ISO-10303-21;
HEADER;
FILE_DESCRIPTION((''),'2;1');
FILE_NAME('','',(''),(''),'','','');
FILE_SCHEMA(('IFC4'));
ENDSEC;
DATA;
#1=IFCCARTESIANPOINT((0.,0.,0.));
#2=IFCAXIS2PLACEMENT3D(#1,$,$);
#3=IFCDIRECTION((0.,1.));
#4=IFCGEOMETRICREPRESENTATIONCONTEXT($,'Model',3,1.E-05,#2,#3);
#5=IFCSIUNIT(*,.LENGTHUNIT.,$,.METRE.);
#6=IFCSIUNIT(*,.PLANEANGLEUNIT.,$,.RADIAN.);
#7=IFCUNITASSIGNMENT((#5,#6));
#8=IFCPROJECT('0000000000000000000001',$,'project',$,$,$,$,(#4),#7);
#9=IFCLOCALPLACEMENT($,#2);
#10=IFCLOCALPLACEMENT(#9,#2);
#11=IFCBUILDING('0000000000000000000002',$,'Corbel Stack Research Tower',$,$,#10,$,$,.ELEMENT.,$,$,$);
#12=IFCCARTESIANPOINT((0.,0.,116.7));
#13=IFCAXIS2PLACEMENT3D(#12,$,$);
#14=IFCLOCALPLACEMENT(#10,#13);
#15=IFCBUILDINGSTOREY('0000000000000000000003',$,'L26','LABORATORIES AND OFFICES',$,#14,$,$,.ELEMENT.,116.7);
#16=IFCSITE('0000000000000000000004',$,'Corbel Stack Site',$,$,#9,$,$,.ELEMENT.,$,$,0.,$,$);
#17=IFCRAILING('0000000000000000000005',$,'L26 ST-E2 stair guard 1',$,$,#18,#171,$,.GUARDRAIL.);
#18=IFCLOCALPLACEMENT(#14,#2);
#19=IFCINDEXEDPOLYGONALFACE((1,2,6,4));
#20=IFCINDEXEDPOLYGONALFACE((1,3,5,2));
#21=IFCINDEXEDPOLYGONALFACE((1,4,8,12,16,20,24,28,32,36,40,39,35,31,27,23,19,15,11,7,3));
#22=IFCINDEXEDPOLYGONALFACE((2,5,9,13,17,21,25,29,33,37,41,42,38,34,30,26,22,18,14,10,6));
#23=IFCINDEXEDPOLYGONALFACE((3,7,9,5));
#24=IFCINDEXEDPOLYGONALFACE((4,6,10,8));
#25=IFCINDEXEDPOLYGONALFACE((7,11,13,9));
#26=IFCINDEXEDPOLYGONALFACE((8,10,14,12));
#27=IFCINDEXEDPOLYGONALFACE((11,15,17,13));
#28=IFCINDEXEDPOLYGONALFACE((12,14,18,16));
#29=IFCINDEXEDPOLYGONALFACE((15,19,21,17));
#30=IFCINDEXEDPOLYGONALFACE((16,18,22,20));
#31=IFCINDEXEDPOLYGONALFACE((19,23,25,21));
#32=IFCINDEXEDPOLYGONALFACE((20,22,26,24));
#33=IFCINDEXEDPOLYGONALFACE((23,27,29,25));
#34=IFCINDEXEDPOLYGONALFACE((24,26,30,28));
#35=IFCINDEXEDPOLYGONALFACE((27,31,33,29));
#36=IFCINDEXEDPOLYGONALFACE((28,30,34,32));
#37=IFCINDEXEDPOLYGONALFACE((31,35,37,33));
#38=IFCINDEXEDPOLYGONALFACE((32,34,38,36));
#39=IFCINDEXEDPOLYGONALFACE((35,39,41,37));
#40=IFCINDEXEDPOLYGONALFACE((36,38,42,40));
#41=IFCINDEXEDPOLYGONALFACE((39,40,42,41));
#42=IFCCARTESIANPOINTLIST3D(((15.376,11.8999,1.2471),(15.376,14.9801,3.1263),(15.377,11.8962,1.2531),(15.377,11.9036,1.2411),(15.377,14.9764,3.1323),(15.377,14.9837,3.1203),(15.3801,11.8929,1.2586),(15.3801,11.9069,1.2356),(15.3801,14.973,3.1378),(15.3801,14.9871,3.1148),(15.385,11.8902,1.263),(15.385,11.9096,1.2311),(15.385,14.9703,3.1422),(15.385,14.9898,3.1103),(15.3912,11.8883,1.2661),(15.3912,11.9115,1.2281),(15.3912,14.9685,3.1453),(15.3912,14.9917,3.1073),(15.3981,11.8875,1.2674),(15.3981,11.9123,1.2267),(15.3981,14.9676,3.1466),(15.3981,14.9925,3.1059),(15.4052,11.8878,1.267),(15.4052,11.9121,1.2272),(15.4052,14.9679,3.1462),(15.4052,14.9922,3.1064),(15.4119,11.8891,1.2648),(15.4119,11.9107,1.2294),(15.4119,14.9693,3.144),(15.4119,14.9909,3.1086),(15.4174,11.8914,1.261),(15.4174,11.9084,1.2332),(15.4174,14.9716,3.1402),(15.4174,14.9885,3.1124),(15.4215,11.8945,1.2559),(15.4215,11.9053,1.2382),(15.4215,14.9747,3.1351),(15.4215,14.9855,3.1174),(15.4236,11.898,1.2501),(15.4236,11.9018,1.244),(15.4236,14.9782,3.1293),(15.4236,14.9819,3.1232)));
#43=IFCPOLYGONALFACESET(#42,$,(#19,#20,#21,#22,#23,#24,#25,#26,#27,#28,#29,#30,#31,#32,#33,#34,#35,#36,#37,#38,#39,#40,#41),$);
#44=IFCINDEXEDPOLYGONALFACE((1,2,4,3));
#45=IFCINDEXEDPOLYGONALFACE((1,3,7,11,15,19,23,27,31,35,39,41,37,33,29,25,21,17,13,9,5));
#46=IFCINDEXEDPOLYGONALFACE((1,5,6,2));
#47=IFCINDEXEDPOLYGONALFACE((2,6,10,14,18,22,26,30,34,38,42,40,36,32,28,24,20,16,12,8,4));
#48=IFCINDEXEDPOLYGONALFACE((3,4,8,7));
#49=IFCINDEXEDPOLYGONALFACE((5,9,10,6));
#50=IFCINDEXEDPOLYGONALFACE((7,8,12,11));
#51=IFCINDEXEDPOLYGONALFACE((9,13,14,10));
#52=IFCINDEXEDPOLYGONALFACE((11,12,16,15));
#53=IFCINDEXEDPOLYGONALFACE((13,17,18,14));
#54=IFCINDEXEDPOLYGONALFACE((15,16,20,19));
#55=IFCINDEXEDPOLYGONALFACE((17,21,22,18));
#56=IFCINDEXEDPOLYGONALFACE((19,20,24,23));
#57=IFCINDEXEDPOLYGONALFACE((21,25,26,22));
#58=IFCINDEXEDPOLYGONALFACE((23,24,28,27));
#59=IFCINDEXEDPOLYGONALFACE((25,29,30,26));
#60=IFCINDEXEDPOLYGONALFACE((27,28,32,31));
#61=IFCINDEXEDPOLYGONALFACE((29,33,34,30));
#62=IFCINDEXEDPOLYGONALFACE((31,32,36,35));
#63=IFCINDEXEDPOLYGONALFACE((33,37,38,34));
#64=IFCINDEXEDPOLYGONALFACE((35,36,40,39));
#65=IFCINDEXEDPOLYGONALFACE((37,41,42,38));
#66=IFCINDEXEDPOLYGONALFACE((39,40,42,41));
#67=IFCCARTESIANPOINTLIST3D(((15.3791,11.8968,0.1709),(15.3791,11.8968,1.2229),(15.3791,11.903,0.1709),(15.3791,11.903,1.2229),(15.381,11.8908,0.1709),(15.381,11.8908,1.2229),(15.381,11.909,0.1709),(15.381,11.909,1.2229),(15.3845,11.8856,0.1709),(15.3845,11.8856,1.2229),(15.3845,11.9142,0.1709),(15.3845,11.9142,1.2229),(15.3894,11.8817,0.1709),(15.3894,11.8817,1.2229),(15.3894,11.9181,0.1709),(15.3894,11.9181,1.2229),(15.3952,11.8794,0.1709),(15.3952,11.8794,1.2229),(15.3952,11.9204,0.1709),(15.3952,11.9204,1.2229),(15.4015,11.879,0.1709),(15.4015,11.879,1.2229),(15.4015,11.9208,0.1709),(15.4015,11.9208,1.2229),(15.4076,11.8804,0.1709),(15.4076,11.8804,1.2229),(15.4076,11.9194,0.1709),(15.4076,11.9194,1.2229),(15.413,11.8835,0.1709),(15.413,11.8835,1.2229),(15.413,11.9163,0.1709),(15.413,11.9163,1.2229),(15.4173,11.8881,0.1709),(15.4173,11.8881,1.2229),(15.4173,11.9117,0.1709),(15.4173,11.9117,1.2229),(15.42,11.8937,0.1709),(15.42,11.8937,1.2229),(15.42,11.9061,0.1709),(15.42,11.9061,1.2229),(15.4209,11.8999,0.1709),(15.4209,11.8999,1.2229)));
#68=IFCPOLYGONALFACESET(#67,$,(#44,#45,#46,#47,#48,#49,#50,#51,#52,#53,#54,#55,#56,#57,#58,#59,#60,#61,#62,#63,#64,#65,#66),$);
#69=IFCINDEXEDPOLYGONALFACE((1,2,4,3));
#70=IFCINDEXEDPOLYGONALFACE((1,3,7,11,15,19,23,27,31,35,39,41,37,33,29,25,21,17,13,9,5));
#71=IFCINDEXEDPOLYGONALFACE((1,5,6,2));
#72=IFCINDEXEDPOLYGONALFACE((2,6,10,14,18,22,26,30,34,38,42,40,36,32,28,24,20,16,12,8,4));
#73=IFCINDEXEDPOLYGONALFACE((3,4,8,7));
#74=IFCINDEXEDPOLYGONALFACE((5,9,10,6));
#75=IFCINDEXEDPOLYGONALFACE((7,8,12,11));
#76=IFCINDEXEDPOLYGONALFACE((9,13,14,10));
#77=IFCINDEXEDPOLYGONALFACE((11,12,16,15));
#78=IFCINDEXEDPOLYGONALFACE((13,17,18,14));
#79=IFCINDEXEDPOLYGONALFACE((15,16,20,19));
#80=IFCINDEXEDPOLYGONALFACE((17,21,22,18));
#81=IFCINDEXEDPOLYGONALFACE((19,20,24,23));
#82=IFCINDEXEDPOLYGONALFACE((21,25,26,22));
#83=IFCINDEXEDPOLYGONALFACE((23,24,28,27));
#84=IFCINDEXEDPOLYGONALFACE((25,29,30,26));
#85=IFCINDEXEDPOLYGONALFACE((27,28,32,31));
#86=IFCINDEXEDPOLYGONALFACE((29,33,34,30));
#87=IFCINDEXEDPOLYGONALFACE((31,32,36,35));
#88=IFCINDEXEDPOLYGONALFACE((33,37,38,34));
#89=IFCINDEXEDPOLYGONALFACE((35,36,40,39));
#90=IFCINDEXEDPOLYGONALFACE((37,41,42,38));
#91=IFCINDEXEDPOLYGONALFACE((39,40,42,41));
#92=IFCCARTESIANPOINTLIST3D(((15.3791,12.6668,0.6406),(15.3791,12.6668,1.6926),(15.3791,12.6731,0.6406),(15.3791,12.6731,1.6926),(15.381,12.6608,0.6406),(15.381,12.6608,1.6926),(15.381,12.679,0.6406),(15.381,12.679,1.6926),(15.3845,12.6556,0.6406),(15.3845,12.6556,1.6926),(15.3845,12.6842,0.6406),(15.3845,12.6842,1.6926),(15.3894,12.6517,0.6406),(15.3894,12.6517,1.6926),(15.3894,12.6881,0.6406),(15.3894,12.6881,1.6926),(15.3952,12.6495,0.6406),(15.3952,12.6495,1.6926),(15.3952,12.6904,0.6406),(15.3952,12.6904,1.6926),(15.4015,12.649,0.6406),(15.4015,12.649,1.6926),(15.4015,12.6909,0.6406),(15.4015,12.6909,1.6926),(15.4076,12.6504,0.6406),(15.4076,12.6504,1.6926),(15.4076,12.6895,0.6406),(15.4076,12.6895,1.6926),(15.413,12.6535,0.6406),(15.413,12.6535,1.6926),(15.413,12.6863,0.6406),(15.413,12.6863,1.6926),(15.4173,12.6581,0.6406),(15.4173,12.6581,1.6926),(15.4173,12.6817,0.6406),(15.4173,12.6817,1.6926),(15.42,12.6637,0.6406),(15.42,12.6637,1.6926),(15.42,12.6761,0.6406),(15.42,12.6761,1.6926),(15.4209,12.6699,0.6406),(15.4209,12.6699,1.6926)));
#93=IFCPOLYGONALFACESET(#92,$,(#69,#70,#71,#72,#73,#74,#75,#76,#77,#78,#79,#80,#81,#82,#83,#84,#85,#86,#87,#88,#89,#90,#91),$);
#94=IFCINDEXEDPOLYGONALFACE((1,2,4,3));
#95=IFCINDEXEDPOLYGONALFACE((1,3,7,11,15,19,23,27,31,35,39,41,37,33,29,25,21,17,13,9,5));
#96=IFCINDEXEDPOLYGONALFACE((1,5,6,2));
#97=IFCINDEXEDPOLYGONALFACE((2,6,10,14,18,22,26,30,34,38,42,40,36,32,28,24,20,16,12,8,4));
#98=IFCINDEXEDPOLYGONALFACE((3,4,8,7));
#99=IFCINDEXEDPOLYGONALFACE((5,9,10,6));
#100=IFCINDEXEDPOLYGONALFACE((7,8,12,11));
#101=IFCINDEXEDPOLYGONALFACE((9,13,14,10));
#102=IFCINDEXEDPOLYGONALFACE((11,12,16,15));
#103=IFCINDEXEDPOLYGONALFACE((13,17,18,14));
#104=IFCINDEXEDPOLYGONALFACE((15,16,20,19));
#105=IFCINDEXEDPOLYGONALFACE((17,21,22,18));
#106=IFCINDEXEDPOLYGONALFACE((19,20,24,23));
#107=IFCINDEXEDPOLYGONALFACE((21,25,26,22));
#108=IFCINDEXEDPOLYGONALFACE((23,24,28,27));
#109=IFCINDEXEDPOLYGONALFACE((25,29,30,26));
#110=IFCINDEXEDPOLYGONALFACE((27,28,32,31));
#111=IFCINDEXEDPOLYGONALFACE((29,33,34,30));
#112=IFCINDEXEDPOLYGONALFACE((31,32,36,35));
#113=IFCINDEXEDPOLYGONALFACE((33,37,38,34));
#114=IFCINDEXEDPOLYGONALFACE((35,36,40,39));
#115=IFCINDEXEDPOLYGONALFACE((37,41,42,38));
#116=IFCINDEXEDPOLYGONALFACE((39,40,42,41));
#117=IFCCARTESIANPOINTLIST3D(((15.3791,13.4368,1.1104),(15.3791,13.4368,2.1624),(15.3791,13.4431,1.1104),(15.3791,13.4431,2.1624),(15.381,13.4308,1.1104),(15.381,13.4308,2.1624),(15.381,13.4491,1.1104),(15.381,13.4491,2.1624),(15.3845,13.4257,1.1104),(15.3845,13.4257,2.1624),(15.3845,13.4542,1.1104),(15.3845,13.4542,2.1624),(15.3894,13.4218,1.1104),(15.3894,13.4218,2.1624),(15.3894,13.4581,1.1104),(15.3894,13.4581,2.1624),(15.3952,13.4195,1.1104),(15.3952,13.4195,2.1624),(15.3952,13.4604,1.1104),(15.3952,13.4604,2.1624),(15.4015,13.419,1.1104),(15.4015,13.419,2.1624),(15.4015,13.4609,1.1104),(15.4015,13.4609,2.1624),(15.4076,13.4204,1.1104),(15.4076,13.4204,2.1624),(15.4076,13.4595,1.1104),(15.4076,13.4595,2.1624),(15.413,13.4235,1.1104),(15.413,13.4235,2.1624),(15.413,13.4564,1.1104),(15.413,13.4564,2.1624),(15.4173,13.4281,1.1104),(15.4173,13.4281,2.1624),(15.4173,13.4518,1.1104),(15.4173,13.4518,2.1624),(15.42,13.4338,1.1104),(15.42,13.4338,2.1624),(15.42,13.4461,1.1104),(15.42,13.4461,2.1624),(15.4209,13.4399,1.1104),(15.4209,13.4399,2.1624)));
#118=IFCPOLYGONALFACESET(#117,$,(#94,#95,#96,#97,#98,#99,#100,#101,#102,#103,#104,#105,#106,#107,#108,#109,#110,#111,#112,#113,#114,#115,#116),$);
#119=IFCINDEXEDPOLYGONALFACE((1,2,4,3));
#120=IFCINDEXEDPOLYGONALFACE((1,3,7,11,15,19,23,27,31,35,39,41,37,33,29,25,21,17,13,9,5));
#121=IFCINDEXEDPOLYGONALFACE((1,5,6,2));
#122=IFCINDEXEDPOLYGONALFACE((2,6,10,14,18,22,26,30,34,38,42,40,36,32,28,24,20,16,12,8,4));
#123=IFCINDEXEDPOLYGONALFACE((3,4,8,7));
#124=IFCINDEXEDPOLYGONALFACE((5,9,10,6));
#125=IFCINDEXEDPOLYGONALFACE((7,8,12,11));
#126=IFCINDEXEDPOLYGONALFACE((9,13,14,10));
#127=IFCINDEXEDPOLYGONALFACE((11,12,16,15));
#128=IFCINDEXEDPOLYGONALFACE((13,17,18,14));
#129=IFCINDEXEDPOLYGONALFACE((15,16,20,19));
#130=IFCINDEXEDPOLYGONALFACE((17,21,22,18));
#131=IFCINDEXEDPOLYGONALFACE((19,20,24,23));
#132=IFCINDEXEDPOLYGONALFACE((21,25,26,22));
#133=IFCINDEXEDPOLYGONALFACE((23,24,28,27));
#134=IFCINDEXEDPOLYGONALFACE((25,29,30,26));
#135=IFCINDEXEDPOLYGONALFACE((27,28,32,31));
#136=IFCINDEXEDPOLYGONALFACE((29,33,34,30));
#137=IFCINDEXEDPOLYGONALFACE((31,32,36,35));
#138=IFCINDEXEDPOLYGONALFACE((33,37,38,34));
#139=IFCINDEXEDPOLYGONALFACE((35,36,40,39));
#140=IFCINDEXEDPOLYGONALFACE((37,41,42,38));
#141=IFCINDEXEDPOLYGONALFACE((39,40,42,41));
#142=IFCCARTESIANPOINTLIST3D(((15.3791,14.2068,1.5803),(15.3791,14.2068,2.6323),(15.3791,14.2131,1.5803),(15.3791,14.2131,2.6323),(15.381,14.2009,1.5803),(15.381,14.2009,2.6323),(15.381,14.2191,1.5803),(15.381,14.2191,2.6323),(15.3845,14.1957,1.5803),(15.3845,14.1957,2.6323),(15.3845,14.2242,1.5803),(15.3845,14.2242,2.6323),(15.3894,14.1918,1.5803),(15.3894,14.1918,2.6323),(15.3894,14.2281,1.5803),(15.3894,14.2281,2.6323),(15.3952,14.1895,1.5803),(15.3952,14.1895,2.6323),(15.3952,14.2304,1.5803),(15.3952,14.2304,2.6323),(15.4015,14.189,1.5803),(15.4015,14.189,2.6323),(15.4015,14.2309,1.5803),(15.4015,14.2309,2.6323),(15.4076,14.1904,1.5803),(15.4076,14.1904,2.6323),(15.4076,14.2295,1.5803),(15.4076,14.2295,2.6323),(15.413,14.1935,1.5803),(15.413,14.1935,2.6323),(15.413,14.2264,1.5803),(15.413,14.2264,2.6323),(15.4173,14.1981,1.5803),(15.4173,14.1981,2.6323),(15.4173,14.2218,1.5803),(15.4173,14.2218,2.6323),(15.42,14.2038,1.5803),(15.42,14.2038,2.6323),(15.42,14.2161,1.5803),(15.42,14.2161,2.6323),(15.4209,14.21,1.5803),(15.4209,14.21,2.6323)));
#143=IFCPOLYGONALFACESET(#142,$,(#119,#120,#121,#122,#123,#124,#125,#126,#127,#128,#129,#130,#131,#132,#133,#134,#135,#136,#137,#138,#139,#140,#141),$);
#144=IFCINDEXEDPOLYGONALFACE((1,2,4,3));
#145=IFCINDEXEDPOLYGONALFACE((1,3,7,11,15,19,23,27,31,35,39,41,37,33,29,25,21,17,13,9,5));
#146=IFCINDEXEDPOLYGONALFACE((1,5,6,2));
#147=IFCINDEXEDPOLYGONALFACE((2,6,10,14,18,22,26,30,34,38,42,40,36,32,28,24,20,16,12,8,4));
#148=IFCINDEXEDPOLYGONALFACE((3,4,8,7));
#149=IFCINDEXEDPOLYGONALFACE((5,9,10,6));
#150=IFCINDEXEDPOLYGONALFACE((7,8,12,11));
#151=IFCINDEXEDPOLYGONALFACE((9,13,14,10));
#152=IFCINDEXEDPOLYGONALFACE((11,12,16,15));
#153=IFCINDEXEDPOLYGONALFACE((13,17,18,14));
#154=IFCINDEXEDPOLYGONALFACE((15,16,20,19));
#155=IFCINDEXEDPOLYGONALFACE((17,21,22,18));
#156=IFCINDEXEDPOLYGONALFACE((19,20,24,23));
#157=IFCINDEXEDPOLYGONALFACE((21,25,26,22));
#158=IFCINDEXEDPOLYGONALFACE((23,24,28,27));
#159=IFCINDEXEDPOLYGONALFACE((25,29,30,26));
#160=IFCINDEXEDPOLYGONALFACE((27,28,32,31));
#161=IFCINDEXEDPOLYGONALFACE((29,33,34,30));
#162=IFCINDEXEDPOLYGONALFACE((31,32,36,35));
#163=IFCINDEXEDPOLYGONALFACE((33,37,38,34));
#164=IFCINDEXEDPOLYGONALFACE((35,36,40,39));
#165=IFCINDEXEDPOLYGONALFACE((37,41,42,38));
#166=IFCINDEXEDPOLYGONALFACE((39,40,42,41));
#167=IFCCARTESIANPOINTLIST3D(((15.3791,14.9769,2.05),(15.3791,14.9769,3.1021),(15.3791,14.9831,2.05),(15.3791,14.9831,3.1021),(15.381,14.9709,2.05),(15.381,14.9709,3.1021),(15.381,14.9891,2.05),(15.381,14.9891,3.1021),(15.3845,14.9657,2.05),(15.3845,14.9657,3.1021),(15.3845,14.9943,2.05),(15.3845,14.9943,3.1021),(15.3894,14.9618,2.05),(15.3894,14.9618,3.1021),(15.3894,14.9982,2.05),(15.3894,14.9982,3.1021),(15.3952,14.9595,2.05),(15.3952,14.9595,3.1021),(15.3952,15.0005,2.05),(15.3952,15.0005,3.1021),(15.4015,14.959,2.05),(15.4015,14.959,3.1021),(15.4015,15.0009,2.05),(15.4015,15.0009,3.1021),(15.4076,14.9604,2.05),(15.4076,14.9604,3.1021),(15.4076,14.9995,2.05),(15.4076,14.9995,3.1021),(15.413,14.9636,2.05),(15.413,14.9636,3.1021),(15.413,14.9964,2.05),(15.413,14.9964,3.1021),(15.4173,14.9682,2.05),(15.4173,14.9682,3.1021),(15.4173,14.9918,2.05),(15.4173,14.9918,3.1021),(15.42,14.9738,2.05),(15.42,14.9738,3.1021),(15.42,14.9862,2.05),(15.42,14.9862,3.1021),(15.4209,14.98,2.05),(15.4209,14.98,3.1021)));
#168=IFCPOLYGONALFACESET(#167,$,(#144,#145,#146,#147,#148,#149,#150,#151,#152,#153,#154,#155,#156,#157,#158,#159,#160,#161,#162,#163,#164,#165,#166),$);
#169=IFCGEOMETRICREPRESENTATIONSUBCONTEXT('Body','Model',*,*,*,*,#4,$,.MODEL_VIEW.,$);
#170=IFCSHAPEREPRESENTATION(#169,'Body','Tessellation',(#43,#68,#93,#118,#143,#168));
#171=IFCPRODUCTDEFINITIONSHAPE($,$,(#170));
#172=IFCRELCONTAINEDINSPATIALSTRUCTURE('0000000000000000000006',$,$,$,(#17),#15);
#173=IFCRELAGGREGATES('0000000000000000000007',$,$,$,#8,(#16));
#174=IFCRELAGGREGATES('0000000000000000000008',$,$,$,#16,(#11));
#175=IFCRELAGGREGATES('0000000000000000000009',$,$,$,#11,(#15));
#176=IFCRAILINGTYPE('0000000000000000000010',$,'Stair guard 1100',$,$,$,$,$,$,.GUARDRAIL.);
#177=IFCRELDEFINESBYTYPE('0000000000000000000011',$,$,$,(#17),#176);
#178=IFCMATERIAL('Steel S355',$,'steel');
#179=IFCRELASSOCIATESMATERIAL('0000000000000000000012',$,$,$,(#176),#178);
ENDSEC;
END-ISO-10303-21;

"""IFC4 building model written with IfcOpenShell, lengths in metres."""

from ifc_helpers import new_model, si_unit, direction, frame, origin, origin_2d, place, context, subcontext, project, spatial, circle, extrude, material, type_object, element, save


model = new_model("IFC4")

# Units and contexts
model_context = context("Model", 3, precision=1e-05, world=origin(), true_north=direction((0.0, 1.0)))
body_context = subcontext(model_context, "Body", "Model", "MODEL_VIEW")
ifc_project = project(units=[si_unit("LENGTHUNIT", "METRE"), si_unit("PLANEANGLEUNIT", "RADIAN")], contexts=[model_context])

# Site, building, storey
site_placement = place(None, origin())
site = spatial("IfcSite", under=ifc_project, at=site_placement, Name="Corbel Stack Site", CompositionType="ELEMENT", RefElevation=0.0)
building_placement = place(site_placement, origin())
building = spatial("IfcBuilding", under=site, at=building_placement, Name="Corbel Stack Research Tower", CompositionType="ELEMENT")
storey_placement = place(building_placement, frame((0.0, 0.0, 116.7)))
storey = spatial("IfcBuildingStorey", under=building, at=storey_placement, Name="L26", Description="LABORATORIES AND OFFICES", CompositionType="ELEMENT", Elevation=116.7)

# Railing
ifc_material_1 = material(Name="Steel S355", Category="steel")
railing_type_1 = type_object("IfcRailingType", Name="Stair guard 1100", PredefinedType="GUARDRAIL", material=ifc_material_1)
railing_1_placement = place(storey_placement, frame((15.3999, 11.8999, 0.1709)))
element("IfcRailing", 1, at=railing_1_placement, inside=storey, type_object=railing_type_1, Name="L26 ST-E2 stair guard 1", PredefinedType="GUARDRAIL", context=body_context, shape_type="SweptSolid", body=[
    extrude(circle(Radius=0.0239, at=origin_2d()), frame((0.0, 0.0, 1.0762), z_axis=(0.0, 0.853666, 0.52082), x_axis=(-1.0, 0.0, 0.0)), (0.0, 0.0, 1.0), 3.6082),
    extrude(circle(Radius=0.021, at=origin_2d()), origin(), (0.0, 0.0, 1.0), 1.052),
    extrude(circle(Radius=0.021, at=origin_2d()), frame((0.0, 0.77, 0.4697)), (0.0, 0.0, 1.0), 1.052),
    extrude(circle(Radius=0.021, at=origin_2d()), frame((0.0, 1.54, 0.9395)), (0.0, 0.0, 1.0), 1.052),
    extrude(circle(Radius=0.021, at=origin_2d()), frame((0.0, 2.3101, 1.4094)), (0.0, 0.0, 1.0), 1.052),
    extrude(circle(Radius=0.021, at=origin_2d()), frame((0.0, 3.0801, 1.8792)), (0.0, 0.0, 1.0), 1.052),
])

save(model, "model.ifc")
